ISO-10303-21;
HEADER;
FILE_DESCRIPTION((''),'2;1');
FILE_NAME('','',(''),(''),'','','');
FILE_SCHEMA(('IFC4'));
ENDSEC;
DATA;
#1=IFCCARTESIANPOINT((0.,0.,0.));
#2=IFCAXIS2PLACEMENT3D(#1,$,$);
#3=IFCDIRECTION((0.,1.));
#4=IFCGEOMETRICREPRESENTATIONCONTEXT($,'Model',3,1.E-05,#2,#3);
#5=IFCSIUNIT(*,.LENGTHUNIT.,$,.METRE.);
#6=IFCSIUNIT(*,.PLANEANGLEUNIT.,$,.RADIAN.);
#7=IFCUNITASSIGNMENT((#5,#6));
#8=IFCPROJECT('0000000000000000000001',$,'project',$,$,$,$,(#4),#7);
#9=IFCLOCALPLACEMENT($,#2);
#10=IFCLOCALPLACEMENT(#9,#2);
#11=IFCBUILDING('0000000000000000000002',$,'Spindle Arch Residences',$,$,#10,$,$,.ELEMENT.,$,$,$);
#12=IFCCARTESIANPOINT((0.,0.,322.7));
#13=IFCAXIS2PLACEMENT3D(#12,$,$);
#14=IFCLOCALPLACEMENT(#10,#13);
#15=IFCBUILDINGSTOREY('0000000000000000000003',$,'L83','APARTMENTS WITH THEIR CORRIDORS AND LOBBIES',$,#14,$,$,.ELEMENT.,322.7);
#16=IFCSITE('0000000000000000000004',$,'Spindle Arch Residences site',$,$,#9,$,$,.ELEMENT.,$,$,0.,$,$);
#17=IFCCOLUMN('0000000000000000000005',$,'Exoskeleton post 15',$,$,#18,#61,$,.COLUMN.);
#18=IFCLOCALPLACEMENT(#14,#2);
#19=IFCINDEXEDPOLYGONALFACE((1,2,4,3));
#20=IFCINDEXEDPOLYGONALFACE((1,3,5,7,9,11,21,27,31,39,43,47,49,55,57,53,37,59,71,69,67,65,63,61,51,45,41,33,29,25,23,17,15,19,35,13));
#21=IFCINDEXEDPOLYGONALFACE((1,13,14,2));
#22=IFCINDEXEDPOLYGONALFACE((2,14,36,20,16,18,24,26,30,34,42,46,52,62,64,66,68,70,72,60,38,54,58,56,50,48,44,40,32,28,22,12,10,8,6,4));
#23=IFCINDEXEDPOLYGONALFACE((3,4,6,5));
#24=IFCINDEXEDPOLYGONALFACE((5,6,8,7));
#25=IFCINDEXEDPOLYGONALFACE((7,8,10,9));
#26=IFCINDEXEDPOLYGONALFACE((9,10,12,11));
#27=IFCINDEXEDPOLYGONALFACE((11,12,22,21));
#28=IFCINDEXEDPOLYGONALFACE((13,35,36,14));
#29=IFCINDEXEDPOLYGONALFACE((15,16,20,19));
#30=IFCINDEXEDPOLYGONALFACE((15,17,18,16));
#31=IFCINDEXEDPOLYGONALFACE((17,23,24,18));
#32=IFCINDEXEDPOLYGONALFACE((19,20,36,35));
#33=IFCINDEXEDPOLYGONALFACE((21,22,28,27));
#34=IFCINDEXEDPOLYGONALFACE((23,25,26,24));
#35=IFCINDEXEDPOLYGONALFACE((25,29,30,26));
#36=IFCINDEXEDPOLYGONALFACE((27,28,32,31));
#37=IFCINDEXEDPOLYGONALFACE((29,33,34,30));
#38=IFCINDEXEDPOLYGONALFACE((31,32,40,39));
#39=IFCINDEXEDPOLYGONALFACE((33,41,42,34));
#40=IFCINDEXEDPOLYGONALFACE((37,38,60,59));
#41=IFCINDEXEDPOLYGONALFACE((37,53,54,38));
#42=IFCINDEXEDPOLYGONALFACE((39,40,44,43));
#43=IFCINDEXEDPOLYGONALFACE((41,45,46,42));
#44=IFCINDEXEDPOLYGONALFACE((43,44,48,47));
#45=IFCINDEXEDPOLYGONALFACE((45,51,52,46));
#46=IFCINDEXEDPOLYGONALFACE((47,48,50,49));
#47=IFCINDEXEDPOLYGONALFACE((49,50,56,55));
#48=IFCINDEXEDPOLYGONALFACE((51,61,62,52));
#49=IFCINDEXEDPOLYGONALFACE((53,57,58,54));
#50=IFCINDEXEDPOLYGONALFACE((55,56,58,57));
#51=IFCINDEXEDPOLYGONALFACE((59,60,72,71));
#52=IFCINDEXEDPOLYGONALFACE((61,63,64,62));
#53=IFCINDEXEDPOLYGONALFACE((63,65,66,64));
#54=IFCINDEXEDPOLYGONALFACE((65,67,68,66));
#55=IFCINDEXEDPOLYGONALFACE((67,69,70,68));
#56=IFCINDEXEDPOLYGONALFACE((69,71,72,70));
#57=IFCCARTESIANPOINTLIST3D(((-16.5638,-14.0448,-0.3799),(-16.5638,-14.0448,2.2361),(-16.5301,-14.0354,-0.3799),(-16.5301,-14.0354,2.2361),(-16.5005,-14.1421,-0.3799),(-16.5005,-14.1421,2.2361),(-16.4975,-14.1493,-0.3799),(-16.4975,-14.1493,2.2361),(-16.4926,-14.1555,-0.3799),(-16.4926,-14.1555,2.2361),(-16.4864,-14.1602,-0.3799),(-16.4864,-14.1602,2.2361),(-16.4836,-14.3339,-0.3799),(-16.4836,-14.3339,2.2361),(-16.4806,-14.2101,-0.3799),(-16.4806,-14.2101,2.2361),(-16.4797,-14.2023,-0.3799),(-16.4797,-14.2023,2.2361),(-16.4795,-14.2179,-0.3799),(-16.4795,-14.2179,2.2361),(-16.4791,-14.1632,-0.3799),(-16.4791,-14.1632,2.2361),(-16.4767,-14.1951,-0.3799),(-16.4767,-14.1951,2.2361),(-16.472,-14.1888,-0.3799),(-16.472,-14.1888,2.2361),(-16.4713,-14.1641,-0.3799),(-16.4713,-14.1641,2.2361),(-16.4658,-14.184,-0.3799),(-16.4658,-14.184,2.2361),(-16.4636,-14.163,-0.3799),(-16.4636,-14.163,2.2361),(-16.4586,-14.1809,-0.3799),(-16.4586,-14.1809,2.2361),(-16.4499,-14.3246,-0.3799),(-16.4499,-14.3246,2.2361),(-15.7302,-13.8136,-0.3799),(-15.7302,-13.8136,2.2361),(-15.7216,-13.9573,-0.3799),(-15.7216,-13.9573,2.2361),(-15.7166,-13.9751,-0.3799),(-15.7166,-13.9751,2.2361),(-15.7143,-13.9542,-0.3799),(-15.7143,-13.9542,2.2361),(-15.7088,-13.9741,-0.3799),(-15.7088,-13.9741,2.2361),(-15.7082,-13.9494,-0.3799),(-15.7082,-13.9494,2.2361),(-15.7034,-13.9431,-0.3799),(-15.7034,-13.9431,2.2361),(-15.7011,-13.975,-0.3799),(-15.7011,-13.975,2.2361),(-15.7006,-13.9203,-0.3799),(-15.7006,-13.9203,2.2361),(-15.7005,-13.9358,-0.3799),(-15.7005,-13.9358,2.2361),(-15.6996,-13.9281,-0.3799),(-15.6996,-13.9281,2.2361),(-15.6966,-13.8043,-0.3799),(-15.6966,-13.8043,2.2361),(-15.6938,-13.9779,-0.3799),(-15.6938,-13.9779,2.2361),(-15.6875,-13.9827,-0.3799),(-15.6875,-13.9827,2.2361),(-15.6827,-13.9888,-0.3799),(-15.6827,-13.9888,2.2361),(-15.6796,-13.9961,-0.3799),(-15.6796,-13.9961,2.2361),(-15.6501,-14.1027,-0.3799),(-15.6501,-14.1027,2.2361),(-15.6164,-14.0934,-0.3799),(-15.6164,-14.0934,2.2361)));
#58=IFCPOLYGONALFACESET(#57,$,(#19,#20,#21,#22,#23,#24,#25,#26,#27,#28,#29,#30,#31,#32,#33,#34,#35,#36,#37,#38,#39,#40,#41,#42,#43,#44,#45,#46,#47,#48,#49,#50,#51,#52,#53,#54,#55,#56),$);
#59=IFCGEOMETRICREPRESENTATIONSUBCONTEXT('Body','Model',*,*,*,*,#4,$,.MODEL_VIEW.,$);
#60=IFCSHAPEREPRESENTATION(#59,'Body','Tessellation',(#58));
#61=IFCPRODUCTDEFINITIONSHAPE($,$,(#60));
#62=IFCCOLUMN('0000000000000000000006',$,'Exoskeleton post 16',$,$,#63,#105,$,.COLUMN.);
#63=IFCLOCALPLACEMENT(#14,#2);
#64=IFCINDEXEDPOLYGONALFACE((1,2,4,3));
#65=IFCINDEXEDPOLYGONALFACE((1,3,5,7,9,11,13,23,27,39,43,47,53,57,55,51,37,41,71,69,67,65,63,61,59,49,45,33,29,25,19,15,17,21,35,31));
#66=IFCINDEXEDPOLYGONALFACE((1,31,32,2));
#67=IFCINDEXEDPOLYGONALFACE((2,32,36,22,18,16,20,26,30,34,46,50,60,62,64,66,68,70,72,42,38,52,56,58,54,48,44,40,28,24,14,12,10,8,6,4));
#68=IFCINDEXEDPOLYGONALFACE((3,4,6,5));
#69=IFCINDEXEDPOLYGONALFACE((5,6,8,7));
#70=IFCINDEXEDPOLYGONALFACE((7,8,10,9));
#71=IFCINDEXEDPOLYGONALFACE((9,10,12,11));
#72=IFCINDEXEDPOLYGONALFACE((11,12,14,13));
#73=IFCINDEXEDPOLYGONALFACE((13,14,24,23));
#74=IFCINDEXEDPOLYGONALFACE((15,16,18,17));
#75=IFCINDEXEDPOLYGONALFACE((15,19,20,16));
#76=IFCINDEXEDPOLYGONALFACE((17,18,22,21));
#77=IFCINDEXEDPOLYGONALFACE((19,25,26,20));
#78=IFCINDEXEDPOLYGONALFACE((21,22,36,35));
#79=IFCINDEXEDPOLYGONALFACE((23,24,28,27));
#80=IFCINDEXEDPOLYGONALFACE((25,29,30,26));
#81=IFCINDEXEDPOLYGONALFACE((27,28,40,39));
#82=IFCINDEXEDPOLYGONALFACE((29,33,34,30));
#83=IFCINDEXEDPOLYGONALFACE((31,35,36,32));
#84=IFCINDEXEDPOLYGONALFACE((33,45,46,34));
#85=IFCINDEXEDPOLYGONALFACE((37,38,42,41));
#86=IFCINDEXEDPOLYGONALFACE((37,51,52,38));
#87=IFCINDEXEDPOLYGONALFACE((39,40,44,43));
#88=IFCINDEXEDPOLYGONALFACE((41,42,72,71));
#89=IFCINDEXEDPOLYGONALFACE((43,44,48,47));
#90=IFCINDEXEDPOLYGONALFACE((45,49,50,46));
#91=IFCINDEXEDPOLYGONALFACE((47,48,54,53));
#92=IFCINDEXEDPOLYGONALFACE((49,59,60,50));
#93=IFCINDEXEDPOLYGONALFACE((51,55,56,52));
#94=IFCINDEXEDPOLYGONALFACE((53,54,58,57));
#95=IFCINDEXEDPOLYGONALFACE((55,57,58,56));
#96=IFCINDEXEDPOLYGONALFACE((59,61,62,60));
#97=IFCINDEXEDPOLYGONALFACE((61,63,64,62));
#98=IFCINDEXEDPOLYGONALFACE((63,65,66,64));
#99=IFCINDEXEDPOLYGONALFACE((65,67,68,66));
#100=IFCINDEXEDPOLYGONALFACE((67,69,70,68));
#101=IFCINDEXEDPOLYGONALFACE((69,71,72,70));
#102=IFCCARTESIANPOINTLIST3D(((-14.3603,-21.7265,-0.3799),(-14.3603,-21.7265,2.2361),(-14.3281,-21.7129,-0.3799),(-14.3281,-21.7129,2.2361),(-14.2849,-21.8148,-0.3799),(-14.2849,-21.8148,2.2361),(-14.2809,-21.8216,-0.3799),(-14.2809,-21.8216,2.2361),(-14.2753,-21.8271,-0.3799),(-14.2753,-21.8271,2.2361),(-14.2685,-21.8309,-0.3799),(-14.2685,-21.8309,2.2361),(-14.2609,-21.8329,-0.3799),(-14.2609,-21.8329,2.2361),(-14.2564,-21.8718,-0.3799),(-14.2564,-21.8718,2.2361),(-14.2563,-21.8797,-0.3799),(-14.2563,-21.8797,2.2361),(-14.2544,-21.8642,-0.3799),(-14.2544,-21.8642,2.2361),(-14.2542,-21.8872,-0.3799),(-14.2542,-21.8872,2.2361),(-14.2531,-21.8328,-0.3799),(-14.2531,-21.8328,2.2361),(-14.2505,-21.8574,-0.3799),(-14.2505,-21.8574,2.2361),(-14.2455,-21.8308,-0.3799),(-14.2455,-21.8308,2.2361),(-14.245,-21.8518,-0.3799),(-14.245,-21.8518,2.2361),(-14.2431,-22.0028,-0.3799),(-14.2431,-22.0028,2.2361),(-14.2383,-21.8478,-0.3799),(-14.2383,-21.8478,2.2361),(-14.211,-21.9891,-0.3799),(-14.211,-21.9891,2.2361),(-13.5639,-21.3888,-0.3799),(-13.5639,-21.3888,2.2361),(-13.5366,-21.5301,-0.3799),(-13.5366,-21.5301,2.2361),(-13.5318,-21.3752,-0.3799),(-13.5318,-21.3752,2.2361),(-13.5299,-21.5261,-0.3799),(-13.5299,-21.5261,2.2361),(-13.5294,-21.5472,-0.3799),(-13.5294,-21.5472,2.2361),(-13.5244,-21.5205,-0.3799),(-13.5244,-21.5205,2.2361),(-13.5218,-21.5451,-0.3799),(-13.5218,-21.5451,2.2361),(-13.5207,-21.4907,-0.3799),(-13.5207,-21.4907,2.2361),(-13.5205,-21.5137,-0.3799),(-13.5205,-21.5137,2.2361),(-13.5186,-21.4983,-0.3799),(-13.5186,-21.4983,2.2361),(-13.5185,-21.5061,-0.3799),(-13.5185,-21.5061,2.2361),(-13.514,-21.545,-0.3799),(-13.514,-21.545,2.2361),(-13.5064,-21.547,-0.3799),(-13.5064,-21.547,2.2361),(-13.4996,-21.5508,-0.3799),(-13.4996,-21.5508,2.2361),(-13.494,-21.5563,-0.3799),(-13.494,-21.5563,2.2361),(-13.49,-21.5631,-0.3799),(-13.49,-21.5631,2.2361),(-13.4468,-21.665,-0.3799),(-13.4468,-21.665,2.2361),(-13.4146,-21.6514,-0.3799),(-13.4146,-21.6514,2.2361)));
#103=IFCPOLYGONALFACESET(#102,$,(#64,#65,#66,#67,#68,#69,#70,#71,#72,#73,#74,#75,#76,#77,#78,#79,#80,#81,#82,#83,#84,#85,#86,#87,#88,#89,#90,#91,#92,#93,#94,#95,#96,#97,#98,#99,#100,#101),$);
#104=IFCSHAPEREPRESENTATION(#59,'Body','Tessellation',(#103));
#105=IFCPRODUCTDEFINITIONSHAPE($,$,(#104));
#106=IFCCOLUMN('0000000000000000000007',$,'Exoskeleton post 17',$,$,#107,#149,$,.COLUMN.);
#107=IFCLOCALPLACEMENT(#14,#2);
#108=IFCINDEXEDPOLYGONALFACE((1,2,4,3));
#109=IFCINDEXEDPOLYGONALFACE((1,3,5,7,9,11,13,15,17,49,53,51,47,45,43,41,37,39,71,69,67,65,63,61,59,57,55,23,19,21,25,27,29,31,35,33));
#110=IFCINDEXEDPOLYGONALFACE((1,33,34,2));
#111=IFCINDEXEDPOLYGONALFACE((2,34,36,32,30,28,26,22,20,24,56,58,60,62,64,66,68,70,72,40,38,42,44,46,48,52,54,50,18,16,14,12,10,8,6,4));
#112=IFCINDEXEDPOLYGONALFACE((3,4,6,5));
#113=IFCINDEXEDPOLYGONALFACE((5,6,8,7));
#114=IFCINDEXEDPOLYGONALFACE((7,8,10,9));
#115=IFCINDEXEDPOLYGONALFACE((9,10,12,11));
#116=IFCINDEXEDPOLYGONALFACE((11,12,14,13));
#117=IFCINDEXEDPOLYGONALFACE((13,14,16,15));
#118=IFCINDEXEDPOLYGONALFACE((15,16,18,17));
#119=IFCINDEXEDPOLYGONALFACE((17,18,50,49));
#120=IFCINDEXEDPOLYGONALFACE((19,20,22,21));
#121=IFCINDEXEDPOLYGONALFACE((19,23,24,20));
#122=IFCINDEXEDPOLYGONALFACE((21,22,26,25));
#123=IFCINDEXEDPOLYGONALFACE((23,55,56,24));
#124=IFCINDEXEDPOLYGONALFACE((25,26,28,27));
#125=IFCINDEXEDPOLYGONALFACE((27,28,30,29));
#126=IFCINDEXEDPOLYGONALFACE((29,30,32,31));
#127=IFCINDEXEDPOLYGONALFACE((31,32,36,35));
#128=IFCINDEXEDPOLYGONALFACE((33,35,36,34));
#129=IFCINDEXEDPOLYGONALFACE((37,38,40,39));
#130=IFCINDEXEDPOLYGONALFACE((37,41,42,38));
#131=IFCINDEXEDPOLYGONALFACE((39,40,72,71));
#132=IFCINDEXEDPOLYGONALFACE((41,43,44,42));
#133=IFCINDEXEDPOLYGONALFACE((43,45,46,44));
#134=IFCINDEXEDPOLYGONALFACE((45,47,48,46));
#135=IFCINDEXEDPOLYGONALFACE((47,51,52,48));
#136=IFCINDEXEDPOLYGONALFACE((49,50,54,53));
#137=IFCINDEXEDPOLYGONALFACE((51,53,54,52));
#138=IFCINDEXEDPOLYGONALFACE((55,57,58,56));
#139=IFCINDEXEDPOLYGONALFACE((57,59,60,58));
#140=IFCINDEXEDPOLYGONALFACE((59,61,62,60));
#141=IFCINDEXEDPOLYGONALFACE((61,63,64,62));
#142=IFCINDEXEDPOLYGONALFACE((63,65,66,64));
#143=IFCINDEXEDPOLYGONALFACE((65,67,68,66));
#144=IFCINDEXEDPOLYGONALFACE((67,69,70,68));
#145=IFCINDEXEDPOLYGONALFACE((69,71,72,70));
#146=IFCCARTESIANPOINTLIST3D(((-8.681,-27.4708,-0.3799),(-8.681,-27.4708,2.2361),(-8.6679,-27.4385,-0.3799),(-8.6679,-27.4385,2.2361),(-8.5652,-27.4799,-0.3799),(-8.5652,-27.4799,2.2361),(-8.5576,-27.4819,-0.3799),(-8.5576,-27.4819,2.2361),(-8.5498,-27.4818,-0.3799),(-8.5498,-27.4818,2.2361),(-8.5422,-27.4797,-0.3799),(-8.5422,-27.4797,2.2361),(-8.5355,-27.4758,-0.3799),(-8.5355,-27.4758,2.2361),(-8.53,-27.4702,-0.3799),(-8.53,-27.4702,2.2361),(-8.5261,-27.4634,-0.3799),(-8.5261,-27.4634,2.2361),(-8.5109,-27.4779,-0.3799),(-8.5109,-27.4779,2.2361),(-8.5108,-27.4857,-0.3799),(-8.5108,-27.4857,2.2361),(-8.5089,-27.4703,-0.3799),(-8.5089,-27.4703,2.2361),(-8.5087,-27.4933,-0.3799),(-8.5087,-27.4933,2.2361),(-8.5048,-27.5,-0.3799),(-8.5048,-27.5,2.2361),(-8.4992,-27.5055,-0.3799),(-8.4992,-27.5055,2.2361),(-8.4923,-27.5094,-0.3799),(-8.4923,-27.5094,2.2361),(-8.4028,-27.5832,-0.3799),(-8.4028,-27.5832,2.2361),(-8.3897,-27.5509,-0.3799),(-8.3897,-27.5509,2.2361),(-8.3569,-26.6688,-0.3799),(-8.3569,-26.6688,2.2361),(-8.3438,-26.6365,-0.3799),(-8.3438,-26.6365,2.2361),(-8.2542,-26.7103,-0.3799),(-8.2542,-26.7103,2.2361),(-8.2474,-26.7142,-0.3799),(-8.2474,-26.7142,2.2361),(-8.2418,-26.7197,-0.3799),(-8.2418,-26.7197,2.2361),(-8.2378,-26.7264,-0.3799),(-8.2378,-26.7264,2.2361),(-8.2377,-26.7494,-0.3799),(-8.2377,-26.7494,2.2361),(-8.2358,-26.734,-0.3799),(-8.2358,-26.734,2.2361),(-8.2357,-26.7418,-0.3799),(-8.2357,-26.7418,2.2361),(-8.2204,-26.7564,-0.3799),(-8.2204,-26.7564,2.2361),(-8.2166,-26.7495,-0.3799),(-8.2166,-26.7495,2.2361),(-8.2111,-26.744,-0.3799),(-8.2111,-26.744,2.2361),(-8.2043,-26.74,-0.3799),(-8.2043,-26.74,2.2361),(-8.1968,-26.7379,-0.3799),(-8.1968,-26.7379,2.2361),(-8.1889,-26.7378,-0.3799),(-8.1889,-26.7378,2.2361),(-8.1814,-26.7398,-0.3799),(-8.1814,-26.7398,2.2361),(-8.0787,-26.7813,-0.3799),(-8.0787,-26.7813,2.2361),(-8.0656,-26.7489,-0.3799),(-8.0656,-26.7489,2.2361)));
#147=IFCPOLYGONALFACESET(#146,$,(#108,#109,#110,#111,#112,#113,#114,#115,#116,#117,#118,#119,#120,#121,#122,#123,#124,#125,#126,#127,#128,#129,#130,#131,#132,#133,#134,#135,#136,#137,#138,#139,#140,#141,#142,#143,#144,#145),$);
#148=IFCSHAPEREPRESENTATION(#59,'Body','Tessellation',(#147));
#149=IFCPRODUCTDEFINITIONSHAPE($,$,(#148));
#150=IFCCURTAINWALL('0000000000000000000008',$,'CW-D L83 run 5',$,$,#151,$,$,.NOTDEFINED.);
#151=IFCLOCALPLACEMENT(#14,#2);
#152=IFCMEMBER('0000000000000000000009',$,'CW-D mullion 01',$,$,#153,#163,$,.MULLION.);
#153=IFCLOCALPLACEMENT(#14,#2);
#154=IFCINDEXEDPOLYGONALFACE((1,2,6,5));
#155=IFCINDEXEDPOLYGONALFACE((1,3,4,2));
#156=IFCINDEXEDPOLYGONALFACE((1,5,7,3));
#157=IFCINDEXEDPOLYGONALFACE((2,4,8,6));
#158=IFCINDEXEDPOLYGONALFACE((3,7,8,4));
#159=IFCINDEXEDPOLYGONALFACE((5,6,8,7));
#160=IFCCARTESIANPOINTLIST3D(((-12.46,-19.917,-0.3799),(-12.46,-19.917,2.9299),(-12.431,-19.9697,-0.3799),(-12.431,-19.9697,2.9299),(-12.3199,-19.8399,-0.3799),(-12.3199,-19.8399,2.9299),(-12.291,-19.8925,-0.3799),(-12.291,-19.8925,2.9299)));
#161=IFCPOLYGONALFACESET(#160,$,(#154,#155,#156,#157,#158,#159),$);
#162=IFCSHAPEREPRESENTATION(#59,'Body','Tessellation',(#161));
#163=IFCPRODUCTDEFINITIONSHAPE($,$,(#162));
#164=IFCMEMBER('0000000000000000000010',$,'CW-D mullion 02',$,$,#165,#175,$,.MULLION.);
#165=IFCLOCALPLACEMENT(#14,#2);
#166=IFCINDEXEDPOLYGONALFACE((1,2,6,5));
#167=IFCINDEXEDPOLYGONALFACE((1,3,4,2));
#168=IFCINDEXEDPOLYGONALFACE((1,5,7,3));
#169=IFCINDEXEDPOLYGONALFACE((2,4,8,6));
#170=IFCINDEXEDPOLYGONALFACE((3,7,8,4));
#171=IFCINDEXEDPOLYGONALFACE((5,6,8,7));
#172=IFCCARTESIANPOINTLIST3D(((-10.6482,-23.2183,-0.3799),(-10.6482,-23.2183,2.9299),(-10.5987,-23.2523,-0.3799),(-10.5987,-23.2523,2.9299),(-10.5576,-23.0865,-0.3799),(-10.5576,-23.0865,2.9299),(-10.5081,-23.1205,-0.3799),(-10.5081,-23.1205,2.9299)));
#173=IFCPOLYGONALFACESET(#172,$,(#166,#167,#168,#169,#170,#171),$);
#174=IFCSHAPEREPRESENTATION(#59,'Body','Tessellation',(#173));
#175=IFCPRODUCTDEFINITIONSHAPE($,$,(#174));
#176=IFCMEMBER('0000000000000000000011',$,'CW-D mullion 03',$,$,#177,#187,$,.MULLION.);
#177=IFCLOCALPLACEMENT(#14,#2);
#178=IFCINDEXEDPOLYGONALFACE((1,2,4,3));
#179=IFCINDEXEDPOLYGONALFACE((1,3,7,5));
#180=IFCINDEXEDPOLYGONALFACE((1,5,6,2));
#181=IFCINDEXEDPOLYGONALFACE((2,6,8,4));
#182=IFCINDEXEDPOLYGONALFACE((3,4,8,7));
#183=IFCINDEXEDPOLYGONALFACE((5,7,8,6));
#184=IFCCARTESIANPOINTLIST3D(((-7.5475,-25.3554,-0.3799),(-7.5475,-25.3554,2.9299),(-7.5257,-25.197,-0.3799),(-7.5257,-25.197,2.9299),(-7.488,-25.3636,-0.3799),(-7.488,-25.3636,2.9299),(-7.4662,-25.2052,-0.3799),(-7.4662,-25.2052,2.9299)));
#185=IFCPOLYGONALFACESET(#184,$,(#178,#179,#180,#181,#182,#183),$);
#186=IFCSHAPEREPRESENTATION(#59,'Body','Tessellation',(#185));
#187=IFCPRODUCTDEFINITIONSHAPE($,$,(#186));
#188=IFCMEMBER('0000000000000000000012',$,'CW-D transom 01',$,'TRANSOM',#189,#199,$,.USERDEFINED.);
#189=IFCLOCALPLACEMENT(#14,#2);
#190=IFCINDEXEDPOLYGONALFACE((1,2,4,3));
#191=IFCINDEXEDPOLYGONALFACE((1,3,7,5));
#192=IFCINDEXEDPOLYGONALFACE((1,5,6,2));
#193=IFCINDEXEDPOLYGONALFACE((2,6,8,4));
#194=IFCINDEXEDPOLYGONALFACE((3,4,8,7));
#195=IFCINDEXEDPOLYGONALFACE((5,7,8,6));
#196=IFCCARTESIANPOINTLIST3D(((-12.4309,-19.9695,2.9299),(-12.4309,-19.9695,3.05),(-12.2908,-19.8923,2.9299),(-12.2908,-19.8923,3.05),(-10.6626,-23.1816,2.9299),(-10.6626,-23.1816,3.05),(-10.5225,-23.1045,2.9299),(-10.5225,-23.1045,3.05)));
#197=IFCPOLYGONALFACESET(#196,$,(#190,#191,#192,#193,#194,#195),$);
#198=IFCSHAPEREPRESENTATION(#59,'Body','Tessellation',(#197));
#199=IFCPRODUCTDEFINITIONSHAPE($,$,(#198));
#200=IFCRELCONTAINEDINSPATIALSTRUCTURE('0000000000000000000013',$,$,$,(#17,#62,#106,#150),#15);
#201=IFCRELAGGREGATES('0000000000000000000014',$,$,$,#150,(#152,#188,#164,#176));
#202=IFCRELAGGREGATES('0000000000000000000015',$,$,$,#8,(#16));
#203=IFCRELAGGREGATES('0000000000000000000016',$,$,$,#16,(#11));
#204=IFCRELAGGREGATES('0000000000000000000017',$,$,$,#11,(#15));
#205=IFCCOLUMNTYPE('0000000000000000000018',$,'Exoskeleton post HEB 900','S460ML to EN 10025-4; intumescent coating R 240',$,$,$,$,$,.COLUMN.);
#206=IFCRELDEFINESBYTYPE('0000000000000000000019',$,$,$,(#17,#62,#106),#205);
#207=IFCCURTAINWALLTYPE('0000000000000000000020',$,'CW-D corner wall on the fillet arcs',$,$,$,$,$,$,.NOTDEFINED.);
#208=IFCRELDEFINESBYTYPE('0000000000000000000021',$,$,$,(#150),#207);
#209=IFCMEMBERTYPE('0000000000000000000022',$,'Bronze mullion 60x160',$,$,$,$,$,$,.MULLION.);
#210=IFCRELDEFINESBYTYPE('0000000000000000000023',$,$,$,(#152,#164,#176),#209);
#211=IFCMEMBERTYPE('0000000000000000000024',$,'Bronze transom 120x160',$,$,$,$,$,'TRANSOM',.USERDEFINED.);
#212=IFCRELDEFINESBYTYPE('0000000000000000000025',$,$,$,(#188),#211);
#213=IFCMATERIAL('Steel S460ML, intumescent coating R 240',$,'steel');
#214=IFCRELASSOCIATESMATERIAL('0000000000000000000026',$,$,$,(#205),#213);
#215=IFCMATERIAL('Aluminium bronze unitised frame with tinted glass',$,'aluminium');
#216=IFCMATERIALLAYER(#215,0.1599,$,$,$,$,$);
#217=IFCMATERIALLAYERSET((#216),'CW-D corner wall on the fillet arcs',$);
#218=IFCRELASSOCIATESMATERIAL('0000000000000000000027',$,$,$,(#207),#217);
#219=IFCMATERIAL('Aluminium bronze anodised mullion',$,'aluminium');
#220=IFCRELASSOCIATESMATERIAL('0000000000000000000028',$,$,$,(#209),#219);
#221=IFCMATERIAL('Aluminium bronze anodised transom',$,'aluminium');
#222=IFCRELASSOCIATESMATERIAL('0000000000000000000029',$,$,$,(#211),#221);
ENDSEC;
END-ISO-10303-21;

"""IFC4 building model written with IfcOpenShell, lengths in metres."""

from ifc_helpers import new_model, si_unit, direction, frame, origin, origin_2d, place, context, subcontext, project, spatial, rectangle, i_section, extrude, material, layer, layer_set, material_profile, profile_set, type_object, element, aggregate, save


model = new_model("IFC4")

# Units and contexts
model_context = context("Model", 3, precision=1e-05, world=origin(), true_north=direction((0.0, 1.0)))
body_context = subcontext(model_context, "Body", "Model", "MODEL_VIEW")
ifc_project = project(units=[si_unit("LENGTHUNIT", "METRE"), si_unit("PLANEANGLEUNIT", "RADIAN")], contexts=[model_context])

# Site, building, storey
site_placement = place(None, origin())
site = spatial("IfcSite", under=ifc_project, at=site_placement, Name="Spindle Arch Residences site", CompositionType="ELEMENT", RefElevation=0.0)
building_placement = place(site_placement, origin())
building = spatial("IfcBuilding", under=site, at=building_placement, Name="Spindle Arch Residences", CompositionType="ELEMENT")
storey_placement = place(building_placement, frame((0.0, 0.0, 322.7)))
storey = spatial("IfcBuildingStorey", under=building, at=storey_placement, Name="L83", Description="APARTMENTS WITH THEIR CORRIDORS AND LOBBIES", CompositionType="ELEMENT", Elevation=322.7)

# Columns
ifc_material_1 = material(Name="Steel S460ML, intumescent coating R 240", Category="steel")
ifc_material_profile_1 = material_profile(ifc_material_1, i_section(OverallWidth=0.3, OverallDepth=0.8999, WebThickness=0.0186, FlangeThickness=0.0349, FilletRadius=0.03, at=origin_2d()), Name="HEB 900")
ifc_profile_set_1 = profile_set([ifc_material_profile_1], Name="Steel S460ML, intumescent coating R 240")
column_type = type_object("IfcColumnType", Name="Exoskeleton post HEB 900", Description="S460ML to EN 10025-4; intumescent coating R 240", PredefinedType="COLUMN", material=ifc_profile_set_1)
for number, where, z_axis, x_axis, name in (
    (1, (-16.0901, -14.0691, -0.3799), (0.0, 0.0, 1.0), (-0.267238, 0.963631, 0.0), "Exoskeleton post 15"),
    (2, (-13.8875, -21.689, -0.3799), (0.0, 0.0, 1.0), (-0.390458, 0.920621, 0.0), "Exoskeleton post 16"),
    (3, (-8.3733, -27.1099, -0.3799), (0.0, 0.0, 1.0), (-0.927168, 0.374646, 0.0), "Exoskeleton post 17"),
):
    element("IfcColumn", number, at=place(storey_placement, frame(where, z_axis=z_axis, x_axis=x_axis)), inside=storey, type_object=column_type, Name=name, PredefinedType="COLUMN", context=body_context, shape_type="SweptSolid", body=[
        extrude(i_section(OverallWidth=0.3, OverallDepth=0.8999, WebThickness=0.0186, FlangeThickness=0.0349, FilletRadius=0.03, at=origin_2d()), origin(), (0.0, 0.0, 1.0), 2.616),
    ])

# Curtain wall, members
ifc_material_2 = material(Name="Aluminium bronze unitised frame with tinted glass", Category="aluminium")
ifc_layer_1 = layer(ifc_material_2, 0.1599)
ifc_layer_set_1 = layer_set([ifc_layer_1], Name="CW-D corner wall on the fillet arcs")
curtain_wall_type = type_object("IfcCurtainWallType", Name="CW-D corner wall on the fillet arcs", PredefinedType="NOTDEFINED", material=ifc_layer_set_1)
curtain_wall_placement = place(storey_placement, origin())
curtain_wall = element("IfcCurtainWall", 4, at=curtain_wall_placement, inside=storey, type_object=curtain_wall_type, Name="CW-D L83 run 5", PredefinedType="NOTDEFINED")
ifc_material_3 = material(Name="Aluminium bronze anodised mullion", Category="aluminium")
ifc_material_profile_2 = material_profile(ifc_material_3, rectangle(XDim=0.1599, YDim=0.0601, at=origin_2d()), Name="MU 60x160")
ifc_profile_set_2 = profile_set([ifc_material_profile_2], Name="Aluminium bronze anodised mullion")
member_type_1 = type_object("IfcMemberType", Name="Bronze mullion 60x160", PredefinedType="MULLION", material=ifc_profile_set_2)
member_1_placement = place(storey_placement, frame((-12.3755, -19.9048, -0.3799), z_axis=(0.0, 0.0, 1.0), x_axis=(0.876026, 0.482263, 0.0)))
member_1 = element("IfcMember", 5, at=member_1_placement, type_object=member_type_1, Name="CW-D mullion 01", PredefinedType="MULLION", context=body_context, shape_type="SweptSolid", body=[
    extrude(rectangle(XDim=0.1599, YDim=0.0601, at=origin_2d()), origin(), (0.0, 0.0, 1.0), 3.3098),
])
member_2_placement = place(storey_placement, frame((-10.5781, -23.1694, -0.3799), z_axis=(0.0, 0.0, 1.0), x_axis=(0.566406, 0.824126, 0.0)))
member_2 = element("IfcMember", 6, at=member_2_placement, type_object=member_type_1, Name="CW-D mullion 02", PredefinedType="MULLION", context=body_context, shape_type="SweptSolid", body=[
    extrude(rectangle(XDim=0.1599, YDim=0.0601, at=origin_2d()), origin(), (0.0, 0.0, 1.0), 3.3098),
])
member_3_placement = place(storey_placement, frame((-7.5068, -25.2803, -0.3799), z_axis=(0.0, 0.0, 1.0), x_axis=(0.136292, 0.990669, 0.0)))
member_3 = element("IfcMember", 7, at=member_3_placement, type_object=member_type_1, Name="CW-D mullion 03", PredefinedType="MULLION", context=body_context, shape_type="SweptSolid", body=[
    extrude(rectangle(XDim=0.1599, YDim=0.0601, at=origin_2d()), origin(), (0.0, 0.0, 1.0), 3.3098),
])
ifc_material_4 = material(Name="Aluminium bronze anodised transom", Category="aluminium")
ifc_material_profile_3 = material_profile(ifc_material_4, rectangle(XDim=0.1599, YDim=0.1201, at=origin_2d()), Name="TR 120x160")
ifc_profile_set_3 = profile_set([ifc_material_profile_3], Name="Aluminium bronze anodised transom")
member_type_2 = type_object("IfcMemberType", Name="Bronze transom 120x160", ElementType="TRANSOM", PredefinedType="USERDEFINED", material=ifc_profile_set_3)
member_4_placement = place(storey_placement, frame((-12.3608, -19.9309, 2.99), z_axis=(0.482259, -0.876029, 0.0), x_axis=(0.876029, 0.482259, 0.0)))
member_4 = element("IfcMember", 8, at=member_4_placement, type_object=member_type_2, Name="CW-D transom 01", ObjectType="TRANSOM", PredefinedType="USERDEFINED", context=body_context, shape_type="SweptSolid", body=[
    extrude(rectangle(XDim=0.1599, YDim=0.1201, at=origin_2d()), origin(), (0.0, 0.0, 1.0), 3.6667),
])

aggregate(curtain_wall, [member_1, member_4, member_2, member_3])

save(model, "model.ifc")
